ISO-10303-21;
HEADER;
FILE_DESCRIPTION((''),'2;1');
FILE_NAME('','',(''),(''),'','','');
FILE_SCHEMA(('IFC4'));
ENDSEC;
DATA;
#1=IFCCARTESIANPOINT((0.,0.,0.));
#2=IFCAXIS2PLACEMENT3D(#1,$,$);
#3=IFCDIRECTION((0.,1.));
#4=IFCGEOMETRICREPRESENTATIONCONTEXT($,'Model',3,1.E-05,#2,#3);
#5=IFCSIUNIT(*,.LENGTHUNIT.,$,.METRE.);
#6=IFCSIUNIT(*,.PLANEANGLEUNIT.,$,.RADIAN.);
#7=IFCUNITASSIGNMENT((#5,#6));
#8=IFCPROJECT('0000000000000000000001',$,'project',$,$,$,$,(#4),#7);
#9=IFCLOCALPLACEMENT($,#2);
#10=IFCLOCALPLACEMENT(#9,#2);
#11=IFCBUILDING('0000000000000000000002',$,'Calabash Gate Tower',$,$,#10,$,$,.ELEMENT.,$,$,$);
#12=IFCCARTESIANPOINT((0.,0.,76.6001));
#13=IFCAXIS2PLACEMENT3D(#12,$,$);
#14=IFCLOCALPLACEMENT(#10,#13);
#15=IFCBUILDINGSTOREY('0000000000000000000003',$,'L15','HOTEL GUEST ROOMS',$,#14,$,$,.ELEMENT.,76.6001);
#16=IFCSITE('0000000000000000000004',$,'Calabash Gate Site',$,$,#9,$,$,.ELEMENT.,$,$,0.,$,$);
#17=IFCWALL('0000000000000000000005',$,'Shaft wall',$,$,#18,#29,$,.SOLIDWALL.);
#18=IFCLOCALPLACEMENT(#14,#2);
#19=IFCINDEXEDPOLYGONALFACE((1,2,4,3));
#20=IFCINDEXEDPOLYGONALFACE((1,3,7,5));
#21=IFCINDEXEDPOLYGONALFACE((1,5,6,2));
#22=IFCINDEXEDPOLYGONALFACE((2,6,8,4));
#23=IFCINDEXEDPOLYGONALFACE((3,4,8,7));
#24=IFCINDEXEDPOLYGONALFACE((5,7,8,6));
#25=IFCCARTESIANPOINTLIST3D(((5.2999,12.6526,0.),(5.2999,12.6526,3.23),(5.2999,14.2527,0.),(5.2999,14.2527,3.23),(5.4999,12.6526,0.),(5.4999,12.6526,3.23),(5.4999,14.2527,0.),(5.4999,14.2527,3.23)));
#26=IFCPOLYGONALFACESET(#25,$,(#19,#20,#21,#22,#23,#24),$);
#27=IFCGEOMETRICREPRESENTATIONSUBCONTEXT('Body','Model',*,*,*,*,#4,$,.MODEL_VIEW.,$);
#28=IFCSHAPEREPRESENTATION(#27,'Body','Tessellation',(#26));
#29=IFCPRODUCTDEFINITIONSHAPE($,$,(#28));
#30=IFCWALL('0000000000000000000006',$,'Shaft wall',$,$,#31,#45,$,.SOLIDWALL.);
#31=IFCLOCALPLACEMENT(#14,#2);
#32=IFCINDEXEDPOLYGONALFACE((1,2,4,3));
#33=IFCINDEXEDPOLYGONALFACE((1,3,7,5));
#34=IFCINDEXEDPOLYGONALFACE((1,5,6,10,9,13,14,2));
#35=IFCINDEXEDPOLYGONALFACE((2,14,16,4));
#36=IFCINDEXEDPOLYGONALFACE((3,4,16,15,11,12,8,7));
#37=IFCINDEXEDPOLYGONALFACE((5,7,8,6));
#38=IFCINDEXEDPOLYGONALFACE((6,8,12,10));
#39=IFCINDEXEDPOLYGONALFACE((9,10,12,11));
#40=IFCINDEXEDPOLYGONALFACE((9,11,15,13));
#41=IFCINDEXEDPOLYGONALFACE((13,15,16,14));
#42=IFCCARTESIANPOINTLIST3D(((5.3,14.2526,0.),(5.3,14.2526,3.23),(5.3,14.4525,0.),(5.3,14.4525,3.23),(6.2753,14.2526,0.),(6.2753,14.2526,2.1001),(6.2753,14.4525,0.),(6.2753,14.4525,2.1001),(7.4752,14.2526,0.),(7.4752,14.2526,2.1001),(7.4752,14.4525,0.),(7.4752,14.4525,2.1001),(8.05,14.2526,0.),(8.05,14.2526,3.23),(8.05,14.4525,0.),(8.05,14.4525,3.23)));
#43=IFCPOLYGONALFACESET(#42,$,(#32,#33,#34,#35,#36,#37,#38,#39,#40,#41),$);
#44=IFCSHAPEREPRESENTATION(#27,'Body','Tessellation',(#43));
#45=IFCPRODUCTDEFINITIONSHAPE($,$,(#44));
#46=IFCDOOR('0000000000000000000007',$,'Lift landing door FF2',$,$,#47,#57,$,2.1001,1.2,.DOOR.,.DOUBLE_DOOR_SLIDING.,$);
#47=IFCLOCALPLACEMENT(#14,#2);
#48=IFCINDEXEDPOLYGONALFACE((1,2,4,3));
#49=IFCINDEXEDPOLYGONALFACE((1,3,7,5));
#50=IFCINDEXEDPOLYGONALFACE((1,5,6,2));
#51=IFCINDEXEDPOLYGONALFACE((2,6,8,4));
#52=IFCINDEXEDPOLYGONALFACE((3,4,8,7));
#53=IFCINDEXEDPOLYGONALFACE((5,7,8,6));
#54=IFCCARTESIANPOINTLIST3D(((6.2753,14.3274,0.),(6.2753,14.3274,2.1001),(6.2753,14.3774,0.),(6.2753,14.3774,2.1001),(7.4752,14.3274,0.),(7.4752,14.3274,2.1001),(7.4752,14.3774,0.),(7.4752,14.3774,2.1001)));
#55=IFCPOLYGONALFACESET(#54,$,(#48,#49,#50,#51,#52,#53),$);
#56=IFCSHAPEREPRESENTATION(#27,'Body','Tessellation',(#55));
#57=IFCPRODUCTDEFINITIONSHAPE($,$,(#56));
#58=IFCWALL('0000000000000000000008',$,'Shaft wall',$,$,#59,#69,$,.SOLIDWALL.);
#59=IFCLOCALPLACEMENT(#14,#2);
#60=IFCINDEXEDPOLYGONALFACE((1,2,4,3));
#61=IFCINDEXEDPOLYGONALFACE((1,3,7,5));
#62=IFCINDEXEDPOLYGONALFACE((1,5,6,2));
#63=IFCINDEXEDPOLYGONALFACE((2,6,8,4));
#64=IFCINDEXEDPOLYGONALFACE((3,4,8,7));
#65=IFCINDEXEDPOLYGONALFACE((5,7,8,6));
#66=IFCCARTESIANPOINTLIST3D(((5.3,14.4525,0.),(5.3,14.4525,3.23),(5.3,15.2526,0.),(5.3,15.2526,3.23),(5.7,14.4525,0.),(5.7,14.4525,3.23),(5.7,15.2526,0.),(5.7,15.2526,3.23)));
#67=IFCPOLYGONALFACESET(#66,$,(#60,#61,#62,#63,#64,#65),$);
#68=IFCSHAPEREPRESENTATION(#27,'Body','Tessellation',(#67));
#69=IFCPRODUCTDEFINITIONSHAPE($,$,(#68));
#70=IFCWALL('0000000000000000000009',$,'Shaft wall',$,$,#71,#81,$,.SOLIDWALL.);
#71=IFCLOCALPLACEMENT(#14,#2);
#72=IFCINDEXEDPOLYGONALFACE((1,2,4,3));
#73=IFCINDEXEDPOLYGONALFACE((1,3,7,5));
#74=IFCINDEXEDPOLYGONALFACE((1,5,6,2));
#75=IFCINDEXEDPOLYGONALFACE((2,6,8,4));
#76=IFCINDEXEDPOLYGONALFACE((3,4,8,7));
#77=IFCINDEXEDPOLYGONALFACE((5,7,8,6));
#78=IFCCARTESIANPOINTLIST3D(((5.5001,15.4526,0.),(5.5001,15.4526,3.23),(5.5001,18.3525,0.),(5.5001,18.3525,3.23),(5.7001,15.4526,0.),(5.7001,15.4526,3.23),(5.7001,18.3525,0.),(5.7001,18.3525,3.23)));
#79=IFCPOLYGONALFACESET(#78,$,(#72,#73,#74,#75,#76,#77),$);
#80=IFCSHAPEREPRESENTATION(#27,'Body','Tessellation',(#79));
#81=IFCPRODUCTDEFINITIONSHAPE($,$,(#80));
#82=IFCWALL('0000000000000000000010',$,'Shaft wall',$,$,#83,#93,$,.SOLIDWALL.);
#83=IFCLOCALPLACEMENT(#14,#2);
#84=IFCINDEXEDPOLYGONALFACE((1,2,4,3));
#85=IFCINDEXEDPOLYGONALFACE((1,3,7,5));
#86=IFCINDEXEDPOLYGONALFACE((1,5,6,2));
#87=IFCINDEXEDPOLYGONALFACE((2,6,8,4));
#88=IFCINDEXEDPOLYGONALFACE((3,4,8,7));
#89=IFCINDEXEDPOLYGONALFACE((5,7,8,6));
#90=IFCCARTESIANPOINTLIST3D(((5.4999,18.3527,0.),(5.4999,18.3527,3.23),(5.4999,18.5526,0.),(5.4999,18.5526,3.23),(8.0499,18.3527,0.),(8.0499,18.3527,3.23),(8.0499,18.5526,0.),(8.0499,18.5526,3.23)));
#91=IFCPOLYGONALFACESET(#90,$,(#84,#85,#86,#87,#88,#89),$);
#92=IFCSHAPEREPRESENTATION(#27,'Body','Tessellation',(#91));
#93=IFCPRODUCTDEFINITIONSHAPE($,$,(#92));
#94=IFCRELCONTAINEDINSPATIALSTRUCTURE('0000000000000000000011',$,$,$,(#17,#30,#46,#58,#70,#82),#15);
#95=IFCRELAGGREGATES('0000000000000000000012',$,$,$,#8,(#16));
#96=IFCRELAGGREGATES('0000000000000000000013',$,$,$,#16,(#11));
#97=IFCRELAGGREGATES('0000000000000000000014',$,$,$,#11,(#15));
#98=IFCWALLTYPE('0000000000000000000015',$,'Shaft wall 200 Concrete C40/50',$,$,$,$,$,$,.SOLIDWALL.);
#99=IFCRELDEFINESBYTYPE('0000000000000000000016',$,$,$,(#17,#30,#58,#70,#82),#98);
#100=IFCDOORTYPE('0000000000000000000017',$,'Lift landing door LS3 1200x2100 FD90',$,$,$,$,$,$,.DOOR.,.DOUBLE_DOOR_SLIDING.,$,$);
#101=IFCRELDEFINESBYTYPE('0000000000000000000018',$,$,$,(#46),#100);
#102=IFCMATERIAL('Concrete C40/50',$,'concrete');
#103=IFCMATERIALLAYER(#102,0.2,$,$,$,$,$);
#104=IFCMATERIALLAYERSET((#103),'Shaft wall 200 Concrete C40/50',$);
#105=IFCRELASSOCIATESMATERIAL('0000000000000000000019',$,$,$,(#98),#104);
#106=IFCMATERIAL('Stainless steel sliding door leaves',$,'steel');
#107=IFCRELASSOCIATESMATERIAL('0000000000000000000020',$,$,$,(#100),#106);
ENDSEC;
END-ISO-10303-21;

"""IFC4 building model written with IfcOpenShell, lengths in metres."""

from ifc_helpers import new_model, si_unit, direction, frame, frame_2d, origin, place, context, subcontext, project, spatial, rectangle, extrude, material, layer, layer_set, type_object, element, fill, save


model = new_model("IFC4")

# Units and contexts
model_context = context("Model", 3, precision=1e-05, world=origin(), true_north=direction((0.0, 1.0)))
body_context = subcontext(model_context, "Body", "Model", "MODEL_VIEW")
ifc_project = project(units=[si_unit("LENGTHUNIT", "METRE"), si_unit("PLANEANGLEUNIT", "RADIAN")], contexts=[model_context])

# Site, building, storey
site_placement = place(None, origin())
site = spatial("IfcSite", under=ifc_project, at=site_placement, Name="Calabash Gate Site", CompositionType="ELEMENT", RefElevation=0.0)
building_placement = place(site_placement, origin())
building = spatial("IfcBuilding", under=site, at=building_placement, Name="Calabash Gate Tower", CompositionType="ELEMENT")
storey_placement = place(building_placement, frame((0.0, 0.0, 76.6001)))
storey = spatial("IfcBuildingStorey", under=building, at=storey_placement, Name="L15", Description="HOTEL GUEST ROOMS", CompositionType="ELEMENT", Elevation=76.6001)

# Shared definitions
ifc_material_1 = material(Name="Concrete C40/50", Category="concrete")
ifc_layer_1 = layer(ifc_material_1, 0.2)
ifc_layer_set_1 = layer_set([ifc_layer_1], Name="Shaft wall 200 Concrete C40/50")
wall_type_1 = type_object("IfcWallType", Name="Shaft wall 200 Concrete C40/50", PredefinedType="SOLIDWALL", material=ifc_layer_set_1)

# Wall
wall_1_placement = place(storey_placement, frame((5.3999, 12.6526, 0.0), z_axis=(0.0, 0.0, 1.0), x_axis=(0.0, 1.0, 0.0)))
element("IfcWall", 1, at=wall_1_placement, inside=storey, type_object=wall_type_1, Name="Shaft wall", PredefinedType="SOLIDWALL", context=body_context, shape_type="SweptSolid", body=[
    extrude(rectangle(XDim=1.6001, YDim=0.2, at=frame_2d((0.8, 0.0))), origin(), (0.0, 0.0, 1.0), 3.23),
])

# Wall, opening, door
wall_2_placement = place(storey_placement, frame((5.3, 14.3525, 0.0), z_axis=(0.0, 0.0, 1.0), x_axis=(1.0, 0.0, 0.0)))
wall_2 = element("IfcWall", 2, at=wall_2_placement, inside=storey, type_object=wall_type_1, Name="Shaft wall", PredefinedType="SOLIDWALL", context=body_context, shape_type="SweptSolid", body=[
    extrude(rectangle(XDim=2.75, YDim=0.2, at=frame_2d((1.375, 0.0))), origin(), (0.0, 0.0, 1.0), 3.23),
])
opening_1_placement = place(wall_2_placement, frame((0.9751, 0.0, 0.0)))
opening_1 = element("IfcOpeningElement", 3, at=opening_1_placement, cuts=wall_2, PredefinedType="OPENING", context=body_context, shape_type="SweptSolid", body=[
    extrude(rectangle(XDim=1.2, YDim=2.1001, at=frame_2d((0.6001, 1.05))), frame((0.0, 0.1099, 0.0), z_axis=(0.0, -1.0, 0.0), x_axis=(1.0, 0.0, 0.0)), (0.0, 0.0, 1.0), 0.22),
])
ifc_material_2 = material(Name="Stainless steel sliding door leaves", Category="steel")
door_type_1 = type_object("IfcDoorType", Name="Lift landing door LS3 1200x2100 FD90", OperationType="DOUBLE_DOOR_SLIDING", PredefinedType="DOOR", material=ifc_material_2)
door_1_placement = place(opening_1_placement, origin())
door_1 = element("IfcDoor", 4, at=door_1_placement, inside=storey, type_object=door_type_1, Name="Lift landing door FF2", OperationType="DOUBLE_DOOR_SLIDING", OverallHeight=2.1001, OverallWidth=1.2, PredefinedType="DOOR", context=body_context, shape_type="SweptSolid", body=[
    extrude(rectangle(XDim=1.2, YDim=2.1001, at=frame_2d((0.6001, 1.05))), frame((0.0, 0.0249, 0.0), z_axis=(0.0, -1.0, 0.0), x_axis=(1.0, 0.0, 0.0)), (0.0, 0.0, 1.0), 0.05),
])
fill(opening_1, door_1)

# Walls
wall_3_placement = place(storey_placement, frame((5.5, 14.4526, 0.0), z_axis=(0.0, 0.0, 1.0), x_axis=(0.0, 1.0, 0.0)))
element("IfcWall", 5, at=wall_3_placement, inside=storey, type_object=wall_type_1, Name="Shaft wall", PredefinedType="SOLIDWALL", context=body_context, shape_type="SweptSolid", body=[
    extrude(rectangle(XDim=0.8, YDim=0.3999, at=frame_2d((0.3999, 0.0))), origin(), (0.0, 0.0, 1.0), 3.23),
])
wall_4_placement = place(storey_placement, frame((5.6001, 15.4526, 0.0), z_axis=(0.0, 0.0, 1.0), x_axis=(0.0, 1.0, 0.0)))
element("IfcWall", 6, at=wall_4_placement, inside=storey, type_object=wall_type_1, Name="Shaft wall", PredefinedType="SOLIDWALL", context=body_context, shape_type="SweptSolid", body=[
    extrude(rectangle(XDim=2.8999, YDim=0.2, at=frame_2d((1.45, 0.0))), origin(), (0.0, 0.0, 1.0), 3.23),
])
wall_5_placement = place(storey_placement, frame((5.5, 18.4526, 0.0), z_axis=(0.0, 0.0, 1.0), x_axis=(1.0, 0.0, 0.0)))
element("IfcWall", 7, at=wall_5_placement, inside=storey, type_object=wall_type_1, Name="Shaft wall", PredefinedType="SOLIDWALL", context=body_context, shape_type="SweptSolid", body=[
    extrude(rectangle(XDim=2.55, YDim=0.2, at=frame_2d((1.2749, 0.0))), origin(), (0.0, 0.0, 1.0), 3.23),
])

save(model, "model.ifc")
